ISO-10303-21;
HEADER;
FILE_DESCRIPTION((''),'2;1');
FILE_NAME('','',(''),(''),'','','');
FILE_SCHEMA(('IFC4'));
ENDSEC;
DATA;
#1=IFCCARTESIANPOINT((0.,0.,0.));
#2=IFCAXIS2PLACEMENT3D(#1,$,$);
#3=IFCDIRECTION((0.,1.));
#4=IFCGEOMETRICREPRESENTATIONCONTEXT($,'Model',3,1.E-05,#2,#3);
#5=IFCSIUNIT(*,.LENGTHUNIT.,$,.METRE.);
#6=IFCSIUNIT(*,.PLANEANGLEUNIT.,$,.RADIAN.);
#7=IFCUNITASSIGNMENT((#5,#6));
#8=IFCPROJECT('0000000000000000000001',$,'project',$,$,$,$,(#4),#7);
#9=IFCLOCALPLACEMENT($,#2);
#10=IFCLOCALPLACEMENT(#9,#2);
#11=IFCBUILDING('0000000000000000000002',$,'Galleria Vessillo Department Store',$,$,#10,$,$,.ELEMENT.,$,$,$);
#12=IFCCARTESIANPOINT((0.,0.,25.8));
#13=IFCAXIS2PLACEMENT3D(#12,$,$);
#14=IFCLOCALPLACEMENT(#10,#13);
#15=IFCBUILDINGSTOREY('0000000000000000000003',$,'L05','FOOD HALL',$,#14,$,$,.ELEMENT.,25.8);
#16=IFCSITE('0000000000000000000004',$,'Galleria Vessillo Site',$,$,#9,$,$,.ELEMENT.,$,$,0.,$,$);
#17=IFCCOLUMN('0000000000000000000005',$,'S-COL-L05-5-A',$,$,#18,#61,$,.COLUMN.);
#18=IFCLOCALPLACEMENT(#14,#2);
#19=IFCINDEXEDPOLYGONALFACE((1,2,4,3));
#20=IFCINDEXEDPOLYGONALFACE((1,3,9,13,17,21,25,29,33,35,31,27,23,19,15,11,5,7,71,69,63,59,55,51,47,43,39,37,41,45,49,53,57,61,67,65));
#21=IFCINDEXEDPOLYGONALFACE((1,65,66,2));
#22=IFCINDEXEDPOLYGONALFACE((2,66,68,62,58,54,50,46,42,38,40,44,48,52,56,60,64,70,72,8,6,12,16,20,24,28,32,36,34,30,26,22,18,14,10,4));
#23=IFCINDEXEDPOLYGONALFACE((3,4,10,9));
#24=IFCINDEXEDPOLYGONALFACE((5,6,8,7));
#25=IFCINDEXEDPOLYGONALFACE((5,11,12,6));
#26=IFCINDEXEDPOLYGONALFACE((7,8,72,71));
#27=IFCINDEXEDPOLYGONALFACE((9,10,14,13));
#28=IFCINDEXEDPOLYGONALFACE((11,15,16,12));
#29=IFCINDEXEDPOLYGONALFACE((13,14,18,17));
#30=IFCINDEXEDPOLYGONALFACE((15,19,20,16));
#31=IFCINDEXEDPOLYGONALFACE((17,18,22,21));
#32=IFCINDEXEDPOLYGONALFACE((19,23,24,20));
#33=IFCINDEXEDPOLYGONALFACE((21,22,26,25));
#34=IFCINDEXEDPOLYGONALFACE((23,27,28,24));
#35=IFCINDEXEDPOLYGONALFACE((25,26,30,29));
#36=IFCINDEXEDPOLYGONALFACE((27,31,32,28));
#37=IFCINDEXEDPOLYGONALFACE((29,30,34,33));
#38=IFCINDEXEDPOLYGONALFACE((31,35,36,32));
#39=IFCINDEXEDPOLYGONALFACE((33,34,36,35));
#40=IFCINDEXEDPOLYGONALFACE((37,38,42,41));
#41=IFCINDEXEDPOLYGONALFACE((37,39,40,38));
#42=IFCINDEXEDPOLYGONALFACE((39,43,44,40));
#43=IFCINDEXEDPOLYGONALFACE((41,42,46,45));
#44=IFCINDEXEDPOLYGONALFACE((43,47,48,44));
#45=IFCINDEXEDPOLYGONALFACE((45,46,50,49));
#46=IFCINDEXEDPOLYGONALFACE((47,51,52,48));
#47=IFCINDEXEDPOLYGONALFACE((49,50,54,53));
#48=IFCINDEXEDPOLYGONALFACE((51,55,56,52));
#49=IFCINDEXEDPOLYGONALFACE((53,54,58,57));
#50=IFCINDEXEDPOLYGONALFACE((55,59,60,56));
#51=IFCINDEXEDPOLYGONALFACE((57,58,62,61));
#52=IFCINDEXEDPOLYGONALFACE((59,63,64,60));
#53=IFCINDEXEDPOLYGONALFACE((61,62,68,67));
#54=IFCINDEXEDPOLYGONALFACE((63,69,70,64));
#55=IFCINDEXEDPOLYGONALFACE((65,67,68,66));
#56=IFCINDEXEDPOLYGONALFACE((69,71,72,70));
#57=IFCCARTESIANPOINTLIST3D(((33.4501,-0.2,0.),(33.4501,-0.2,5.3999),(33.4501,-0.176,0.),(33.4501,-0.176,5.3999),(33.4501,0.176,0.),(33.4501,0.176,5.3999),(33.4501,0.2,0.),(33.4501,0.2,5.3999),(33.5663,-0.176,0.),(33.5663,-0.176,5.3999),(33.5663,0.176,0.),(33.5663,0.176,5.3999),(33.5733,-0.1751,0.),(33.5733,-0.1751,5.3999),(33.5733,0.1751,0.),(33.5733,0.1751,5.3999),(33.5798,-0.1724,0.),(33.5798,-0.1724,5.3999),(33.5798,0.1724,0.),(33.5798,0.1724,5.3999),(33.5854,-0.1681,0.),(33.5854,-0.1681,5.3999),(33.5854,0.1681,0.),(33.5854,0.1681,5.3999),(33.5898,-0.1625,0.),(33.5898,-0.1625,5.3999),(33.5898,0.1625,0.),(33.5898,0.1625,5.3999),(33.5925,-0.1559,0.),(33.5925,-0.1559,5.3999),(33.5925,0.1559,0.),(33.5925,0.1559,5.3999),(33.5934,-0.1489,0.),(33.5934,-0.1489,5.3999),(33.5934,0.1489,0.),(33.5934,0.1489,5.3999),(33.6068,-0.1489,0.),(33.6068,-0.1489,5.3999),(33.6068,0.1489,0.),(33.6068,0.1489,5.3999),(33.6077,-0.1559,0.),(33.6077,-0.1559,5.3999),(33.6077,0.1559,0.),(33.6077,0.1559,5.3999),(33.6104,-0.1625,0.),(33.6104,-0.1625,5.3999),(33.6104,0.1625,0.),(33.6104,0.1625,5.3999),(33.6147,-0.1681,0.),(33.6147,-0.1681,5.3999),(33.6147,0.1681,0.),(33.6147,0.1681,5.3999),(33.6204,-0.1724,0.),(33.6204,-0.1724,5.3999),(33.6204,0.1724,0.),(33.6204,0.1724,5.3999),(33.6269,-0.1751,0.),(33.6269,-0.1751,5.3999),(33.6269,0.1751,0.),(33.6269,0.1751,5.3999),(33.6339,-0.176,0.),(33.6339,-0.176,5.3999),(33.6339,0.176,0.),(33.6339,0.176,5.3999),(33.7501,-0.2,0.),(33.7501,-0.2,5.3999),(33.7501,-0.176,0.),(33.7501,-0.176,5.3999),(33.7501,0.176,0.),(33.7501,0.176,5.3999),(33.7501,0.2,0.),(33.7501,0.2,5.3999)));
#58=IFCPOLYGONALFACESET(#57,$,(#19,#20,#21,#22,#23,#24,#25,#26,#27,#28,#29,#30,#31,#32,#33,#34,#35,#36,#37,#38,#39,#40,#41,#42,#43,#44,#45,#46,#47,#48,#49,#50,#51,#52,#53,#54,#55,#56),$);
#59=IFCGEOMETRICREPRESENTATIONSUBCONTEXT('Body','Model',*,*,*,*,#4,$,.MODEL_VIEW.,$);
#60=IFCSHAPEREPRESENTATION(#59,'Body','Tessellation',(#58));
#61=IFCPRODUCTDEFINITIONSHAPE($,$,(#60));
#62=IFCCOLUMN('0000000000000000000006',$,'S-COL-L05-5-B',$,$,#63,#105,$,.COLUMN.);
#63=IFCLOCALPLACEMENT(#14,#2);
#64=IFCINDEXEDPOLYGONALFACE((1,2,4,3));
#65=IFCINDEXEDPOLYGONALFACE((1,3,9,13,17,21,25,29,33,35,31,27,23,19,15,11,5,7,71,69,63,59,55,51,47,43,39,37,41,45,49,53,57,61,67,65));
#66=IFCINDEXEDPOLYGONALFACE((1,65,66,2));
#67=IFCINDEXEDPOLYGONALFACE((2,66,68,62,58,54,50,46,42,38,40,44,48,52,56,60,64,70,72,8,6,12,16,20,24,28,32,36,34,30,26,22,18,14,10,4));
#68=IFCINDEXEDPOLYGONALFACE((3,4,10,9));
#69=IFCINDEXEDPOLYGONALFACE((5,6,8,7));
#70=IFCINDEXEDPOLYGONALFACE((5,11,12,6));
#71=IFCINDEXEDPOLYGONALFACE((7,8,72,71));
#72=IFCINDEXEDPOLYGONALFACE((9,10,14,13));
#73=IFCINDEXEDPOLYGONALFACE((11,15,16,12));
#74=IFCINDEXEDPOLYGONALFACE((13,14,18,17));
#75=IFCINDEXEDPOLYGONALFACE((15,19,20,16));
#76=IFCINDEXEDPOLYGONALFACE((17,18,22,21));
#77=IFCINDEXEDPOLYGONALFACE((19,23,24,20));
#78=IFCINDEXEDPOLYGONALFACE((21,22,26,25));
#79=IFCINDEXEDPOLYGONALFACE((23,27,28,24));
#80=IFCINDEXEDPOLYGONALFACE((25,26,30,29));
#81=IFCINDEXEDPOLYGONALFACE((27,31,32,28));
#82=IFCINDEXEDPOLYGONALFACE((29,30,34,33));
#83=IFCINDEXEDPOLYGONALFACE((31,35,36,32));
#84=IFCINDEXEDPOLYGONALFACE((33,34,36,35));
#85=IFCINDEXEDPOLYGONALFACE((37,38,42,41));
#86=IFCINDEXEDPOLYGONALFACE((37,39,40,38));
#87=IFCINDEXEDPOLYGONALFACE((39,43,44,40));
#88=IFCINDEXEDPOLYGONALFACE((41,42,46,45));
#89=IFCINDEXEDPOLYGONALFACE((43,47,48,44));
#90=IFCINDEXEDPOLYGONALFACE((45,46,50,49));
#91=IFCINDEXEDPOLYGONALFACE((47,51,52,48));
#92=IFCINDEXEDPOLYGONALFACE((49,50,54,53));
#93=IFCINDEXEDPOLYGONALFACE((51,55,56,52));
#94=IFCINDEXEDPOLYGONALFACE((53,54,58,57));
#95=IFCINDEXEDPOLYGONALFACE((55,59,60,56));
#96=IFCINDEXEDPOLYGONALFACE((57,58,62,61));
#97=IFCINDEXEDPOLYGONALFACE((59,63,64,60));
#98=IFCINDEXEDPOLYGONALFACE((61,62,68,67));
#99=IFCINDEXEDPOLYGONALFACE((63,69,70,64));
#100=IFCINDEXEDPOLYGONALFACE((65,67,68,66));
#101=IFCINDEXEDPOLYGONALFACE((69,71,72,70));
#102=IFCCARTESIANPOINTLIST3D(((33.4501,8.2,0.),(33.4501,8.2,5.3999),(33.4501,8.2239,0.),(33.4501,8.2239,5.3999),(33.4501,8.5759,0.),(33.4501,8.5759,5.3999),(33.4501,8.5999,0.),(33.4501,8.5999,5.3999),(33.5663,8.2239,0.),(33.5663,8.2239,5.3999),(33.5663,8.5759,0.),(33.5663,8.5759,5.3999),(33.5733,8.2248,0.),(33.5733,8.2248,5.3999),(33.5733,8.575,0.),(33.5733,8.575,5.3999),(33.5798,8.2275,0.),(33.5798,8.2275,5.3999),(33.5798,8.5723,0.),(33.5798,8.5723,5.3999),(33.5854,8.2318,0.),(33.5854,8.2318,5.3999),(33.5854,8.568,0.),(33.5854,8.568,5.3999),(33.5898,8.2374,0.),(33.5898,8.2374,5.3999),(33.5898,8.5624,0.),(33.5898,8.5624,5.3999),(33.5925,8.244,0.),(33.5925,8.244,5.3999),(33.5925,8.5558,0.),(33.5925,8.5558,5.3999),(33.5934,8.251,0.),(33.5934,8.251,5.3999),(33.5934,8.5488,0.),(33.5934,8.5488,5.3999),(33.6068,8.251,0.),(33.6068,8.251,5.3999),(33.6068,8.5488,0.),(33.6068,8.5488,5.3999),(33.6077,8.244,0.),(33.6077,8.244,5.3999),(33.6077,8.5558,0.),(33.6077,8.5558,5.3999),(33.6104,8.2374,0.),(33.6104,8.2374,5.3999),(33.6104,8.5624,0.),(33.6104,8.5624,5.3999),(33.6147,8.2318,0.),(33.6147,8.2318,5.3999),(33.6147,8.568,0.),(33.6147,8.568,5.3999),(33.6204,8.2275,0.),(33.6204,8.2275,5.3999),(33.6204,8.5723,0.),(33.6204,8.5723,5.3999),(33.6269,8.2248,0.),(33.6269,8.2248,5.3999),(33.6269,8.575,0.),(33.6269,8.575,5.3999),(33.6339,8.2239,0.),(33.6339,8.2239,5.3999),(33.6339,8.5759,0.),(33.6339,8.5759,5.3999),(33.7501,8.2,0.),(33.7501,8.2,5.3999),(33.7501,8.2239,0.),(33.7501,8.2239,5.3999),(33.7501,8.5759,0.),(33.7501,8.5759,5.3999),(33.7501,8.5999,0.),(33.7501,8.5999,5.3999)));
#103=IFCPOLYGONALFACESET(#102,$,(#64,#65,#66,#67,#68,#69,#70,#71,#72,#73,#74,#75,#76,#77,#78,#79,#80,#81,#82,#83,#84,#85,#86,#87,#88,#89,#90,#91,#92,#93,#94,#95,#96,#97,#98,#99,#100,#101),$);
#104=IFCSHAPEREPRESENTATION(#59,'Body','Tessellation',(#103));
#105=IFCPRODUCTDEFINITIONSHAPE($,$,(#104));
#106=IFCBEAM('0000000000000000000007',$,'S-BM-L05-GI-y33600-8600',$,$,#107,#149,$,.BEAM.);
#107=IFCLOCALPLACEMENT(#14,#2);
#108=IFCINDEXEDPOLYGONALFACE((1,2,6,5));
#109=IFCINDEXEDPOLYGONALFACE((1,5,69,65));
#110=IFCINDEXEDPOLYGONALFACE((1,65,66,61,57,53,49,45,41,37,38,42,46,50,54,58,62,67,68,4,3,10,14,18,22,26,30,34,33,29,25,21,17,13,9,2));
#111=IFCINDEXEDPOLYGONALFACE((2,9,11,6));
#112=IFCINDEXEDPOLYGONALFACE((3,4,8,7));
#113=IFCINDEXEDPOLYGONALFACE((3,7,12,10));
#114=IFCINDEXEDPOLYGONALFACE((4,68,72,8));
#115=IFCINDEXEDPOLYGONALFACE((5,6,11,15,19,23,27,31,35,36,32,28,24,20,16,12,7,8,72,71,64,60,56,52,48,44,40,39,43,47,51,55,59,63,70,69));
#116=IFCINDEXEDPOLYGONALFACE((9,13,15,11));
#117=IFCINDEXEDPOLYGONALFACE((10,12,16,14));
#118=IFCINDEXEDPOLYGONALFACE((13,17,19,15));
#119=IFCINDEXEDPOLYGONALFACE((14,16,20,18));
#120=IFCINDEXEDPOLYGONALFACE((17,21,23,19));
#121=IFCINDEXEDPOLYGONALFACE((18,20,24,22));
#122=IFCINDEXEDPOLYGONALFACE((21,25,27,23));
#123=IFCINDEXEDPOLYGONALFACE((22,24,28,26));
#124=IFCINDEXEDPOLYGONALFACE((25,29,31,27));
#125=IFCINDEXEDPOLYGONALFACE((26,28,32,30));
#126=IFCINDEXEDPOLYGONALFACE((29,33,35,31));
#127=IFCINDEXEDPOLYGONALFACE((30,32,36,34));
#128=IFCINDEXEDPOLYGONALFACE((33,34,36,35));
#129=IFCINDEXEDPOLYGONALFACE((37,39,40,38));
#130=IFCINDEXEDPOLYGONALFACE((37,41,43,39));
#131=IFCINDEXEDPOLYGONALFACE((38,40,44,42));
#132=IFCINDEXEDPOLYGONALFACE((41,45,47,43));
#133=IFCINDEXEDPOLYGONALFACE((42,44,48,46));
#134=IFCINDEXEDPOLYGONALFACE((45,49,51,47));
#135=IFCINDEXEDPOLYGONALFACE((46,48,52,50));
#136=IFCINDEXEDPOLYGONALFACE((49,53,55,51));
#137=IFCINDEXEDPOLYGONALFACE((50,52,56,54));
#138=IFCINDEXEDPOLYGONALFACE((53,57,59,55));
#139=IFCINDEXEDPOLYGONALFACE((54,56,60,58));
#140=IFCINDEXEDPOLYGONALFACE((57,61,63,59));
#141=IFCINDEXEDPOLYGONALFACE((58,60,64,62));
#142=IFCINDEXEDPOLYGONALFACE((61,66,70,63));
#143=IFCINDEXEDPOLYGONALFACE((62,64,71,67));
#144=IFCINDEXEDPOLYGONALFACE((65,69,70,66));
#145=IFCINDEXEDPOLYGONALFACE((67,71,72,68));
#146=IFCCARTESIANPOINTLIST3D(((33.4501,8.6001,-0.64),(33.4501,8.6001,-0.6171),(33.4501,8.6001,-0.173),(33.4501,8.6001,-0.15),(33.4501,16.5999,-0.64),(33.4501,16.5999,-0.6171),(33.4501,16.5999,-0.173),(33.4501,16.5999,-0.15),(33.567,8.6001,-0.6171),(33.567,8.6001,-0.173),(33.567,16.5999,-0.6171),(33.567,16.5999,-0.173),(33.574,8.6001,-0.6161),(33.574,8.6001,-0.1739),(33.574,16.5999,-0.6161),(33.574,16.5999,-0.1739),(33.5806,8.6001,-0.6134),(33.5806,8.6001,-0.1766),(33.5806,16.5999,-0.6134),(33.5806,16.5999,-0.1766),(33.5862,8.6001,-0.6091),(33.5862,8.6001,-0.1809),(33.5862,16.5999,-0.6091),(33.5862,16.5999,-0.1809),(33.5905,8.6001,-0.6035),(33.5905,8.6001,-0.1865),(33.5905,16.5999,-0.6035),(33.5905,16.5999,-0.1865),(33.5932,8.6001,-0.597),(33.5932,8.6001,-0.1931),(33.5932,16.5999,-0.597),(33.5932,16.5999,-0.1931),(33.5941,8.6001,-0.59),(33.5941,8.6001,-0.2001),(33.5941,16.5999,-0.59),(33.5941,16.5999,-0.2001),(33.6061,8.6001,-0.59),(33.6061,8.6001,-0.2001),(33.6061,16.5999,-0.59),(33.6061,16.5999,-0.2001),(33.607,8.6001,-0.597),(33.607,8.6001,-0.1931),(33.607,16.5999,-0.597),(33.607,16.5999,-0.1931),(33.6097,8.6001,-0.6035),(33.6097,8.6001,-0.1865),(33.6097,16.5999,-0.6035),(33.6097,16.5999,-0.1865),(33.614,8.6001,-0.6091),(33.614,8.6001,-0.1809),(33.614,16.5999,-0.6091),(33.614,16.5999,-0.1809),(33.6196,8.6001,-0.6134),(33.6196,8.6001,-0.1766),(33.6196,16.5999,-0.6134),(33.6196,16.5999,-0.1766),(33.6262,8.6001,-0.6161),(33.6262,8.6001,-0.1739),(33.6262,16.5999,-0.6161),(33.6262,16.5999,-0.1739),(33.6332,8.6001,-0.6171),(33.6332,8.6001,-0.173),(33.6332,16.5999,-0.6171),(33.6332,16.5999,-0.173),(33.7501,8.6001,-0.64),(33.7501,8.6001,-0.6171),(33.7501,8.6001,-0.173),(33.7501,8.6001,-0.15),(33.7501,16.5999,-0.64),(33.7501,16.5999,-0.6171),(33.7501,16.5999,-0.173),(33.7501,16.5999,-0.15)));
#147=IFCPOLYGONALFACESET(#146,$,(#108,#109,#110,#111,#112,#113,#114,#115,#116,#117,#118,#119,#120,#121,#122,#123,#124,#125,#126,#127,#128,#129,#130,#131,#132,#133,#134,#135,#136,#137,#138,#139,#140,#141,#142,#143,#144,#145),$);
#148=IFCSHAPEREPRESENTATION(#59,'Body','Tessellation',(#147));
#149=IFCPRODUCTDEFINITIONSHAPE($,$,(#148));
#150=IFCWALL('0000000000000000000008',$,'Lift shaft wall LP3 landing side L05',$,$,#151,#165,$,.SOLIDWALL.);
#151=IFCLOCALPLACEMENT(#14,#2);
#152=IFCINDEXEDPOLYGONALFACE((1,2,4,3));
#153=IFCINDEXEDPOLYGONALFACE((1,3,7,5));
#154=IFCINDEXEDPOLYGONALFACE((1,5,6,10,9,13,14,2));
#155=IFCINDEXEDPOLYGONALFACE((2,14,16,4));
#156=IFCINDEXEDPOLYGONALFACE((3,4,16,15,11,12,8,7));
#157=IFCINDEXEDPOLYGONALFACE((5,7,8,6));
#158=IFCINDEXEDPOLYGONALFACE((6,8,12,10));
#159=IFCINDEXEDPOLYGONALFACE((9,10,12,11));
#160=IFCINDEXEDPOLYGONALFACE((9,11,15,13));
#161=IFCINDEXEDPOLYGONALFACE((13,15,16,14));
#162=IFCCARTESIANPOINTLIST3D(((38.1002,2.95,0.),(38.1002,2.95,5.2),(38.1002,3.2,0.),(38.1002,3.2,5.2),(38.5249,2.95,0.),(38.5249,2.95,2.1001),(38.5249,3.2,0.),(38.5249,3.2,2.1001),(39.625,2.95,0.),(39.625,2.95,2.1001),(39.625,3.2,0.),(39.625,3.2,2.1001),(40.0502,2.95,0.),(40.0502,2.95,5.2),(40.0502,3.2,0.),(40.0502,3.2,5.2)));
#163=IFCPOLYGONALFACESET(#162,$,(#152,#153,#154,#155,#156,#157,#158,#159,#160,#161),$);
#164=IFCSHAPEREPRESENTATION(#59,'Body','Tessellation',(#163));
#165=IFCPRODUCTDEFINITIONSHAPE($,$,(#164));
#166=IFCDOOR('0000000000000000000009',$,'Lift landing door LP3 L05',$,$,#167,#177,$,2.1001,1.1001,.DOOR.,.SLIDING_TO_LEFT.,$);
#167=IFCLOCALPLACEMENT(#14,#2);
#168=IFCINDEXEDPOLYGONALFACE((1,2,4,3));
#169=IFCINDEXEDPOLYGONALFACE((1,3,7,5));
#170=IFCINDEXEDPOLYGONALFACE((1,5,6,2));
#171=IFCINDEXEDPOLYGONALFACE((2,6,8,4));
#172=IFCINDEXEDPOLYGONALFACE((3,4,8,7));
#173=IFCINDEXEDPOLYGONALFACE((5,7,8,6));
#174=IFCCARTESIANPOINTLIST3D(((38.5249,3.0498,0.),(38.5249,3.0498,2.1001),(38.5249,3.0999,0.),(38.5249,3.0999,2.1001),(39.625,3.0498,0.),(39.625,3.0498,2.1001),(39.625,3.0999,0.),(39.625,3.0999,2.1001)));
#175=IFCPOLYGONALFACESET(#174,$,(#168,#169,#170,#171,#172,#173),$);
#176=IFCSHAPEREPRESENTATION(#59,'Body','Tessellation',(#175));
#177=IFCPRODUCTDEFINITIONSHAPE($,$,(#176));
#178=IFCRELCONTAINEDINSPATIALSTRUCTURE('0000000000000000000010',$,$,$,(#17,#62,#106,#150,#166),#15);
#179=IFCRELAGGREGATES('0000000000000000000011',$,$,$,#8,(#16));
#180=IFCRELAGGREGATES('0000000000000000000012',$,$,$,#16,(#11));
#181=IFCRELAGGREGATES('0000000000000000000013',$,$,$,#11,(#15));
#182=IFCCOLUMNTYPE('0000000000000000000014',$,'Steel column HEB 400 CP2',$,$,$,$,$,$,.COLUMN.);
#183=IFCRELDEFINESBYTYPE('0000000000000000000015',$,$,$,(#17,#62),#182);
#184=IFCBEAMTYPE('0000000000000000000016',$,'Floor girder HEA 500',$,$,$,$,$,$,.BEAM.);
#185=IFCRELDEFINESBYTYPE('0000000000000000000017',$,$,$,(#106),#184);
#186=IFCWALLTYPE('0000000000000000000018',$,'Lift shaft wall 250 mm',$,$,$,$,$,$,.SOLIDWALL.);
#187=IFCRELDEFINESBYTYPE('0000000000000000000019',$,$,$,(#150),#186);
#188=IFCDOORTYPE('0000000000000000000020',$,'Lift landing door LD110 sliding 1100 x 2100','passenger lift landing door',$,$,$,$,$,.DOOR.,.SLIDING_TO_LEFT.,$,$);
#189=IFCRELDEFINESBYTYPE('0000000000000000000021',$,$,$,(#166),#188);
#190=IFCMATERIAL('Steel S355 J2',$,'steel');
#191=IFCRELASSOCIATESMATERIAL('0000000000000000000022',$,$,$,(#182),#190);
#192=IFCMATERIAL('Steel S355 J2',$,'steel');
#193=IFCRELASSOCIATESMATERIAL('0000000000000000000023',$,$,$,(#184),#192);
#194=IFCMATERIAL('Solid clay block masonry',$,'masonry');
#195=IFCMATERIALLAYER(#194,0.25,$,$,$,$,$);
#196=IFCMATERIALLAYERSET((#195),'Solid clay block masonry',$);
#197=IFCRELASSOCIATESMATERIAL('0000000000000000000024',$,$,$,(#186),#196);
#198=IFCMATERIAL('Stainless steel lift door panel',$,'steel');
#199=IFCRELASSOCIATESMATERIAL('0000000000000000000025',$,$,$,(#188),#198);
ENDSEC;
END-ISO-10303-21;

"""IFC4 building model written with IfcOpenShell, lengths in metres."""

from ifc_helpers import new_model, si_unit, direction, frame, frame_2d, origin, origin_2d, place, context, subcontext, project, spatial, rectangle, i_section, extrude, material, layer, layer_set, material_profile, profile_set, type_object, element, fill, save


model = new_model("IFC4")

# Units and contexts
model_context = context("Model", 3, precision=1e-05, world=origin(), true_north=direction((0.0, 1.0)))
body_context = subcontext(model_context, "Body", "Model", "MODEL_VIEW")
ifc_project = project(units=[si_unit("LENGTHUNIT", "METRE"), si_unit("PLANEANGLEUNIT", "RADIAN")], contexts=[model_context])

# Site, building, storey
site_placement = place(None, origin())
site = spatial("IfcSite", under=ifc_project, at=site_placement, Name="Galleria Vessillo Site", CompositionType="ELEMENT", RefElevation=0.0)
building_placement = place(site_placement, origin())
building = spatial("IfcBuilding", under=site, at=building_placement, Name="Galleria Vessillo Department Store", CompositionType="ELEMENT")
storey_placement = place(building_placement, frame((0.0, 0.0, 25.8)))
storey = spatial("IfcBuildingStorey", under=building, at=storey_placement, Name="L05", Description="FOOD HALL", CompositionType="ELEMENT", Elevation=25.8)

# Columns
ifc_material_1 = material(Name="Steel S355 J2", Category="steel")
ifc_material_profile_1 = material_profile(ifc_material_1, i_section(OverallWidth=0.3, OverallDepth=0.3999, WebThickness=0.0134, FlangeThickness=0.0239, FilletRadius=0.0271, at=origin_2d()), Name="HEB 400")
ifc_profile_set_1 = profile_set([ifc_material_profile_1], Name="Steel S355 J2")
column_type = type_object("IfcColumnType", Name="Steel column HEB 400 CP2", PredefinedType="COLUMN", material=ifc_profile_set_1)
for number, where, z_axis, x_axis, name in (
    (1, (33.6001, 0.0, 0.0), (0.0, 0.0, 1.0), (1.0, 0.0, 0.0), "S-COL-L05-5-A"),
    (2, (33.6001, 8.3999, 0.0), (0.0, 0.0, 1.0), (1.0, 0.0, 0.0), "S-COL-L05-5-B"),
):
    element("IfcColumn", number, at=place(storey_placement, frame(where, z_axis=z_axis, x_axis=x_axis)), inside=storey, type_object=column_type, Name=name, PredefinedType="COLUMN", context=body_context, shape_type="SweptSolid", body=[
        extrude(i_section(OverallWidth=0.3, OverallDepth=0.3999, WebThickness=0.0134, FlangeThickness=0.0239, FilletRadius=0.0271, at=origin_2d()), origin(), (0.0, 0.0, 1.0), 5.3999),
    ])

# Beam
ifc_material_2 = material(Name="Steel S355 J2", Category="steel")
ifc_material_profile_2 = material_profile(ifc_material_2, i_section(OverallWidth=0.3, OverallDepth=0.49, WebThickness=0.012, FlangeThickness=0.0229, FilletRadius=0.0271, at=origin_2d()), Name="HEA 500")
ifc_profile_set_2 = profile_set([ifc_material_profile_2], Name="Steel S355 J2")
beam_type = type_object("IfcBeamType", Name="Floor girder HEA 500", PredefinedType="BEAM", material=ifc_profile_set_2)
beam_placement = place(storey_placement, frame((33.6001, 8.6001, -0.395), z_axis=(0.0, 1.0, 0.0), x_axis=(-1.0, 0.0, 0.0)))
element("IfcBeam", 3, at=beam_placement, inside=storey, type_object=beam_type, Name="S-BM-L05-GI-y33600-8600", PredefinedType="BEAM", context=body_context, shape_type="SweptSolid", body=[
    extrude(i_section(OverallWidth=0.3, OverallDepth=0.49, WebThickness=0.012, FlangeThickness=0.0229, FilletRadius=0.0271, at=origin_2d()), origin(), (0.0, 0.0, 1.0), 7.9998),
])

# Wall, opening, door
ifc_material_3 = material(Name="Solid clay block masonry", Category="masonry")
ifc_layer_1 = layer(ifc_material_3, 0.25)
ifc_layer_set_1 = layer_set([ifc_layer_1], Name="Solid clay block masonry")
wall_type_1 = type_object("IfcWallType", Name="Lift shaft wall 250 mm", PredefinedType="SOLIDWALL", material=ifc_layer_set_1)
wall_1_placement = place(storey_placement, frame((38.1001, 3.075, 0.0), z_axis=(0.0, 0.0, 1.0), x_axis=(1.0, 0.0, 0.0)))
wall_1 = element("IfcWall", 4, at=wall_1_placement, inside=storey, type_object=wall_type_1, Name="Lift shaft wall LP3 landing side L05", PredefinedType="SOLIDWALL", context=body_context, shape_type="SweptSolid", body=[
    extrude(rectangle(XDim=1.95, YDim=0.25, at=frame_2d((0.9751, 0.0))), origin(), (0.0, 0.0, 1.0), 5.2),
])
opening_1_placement = place(wall_1_placement, frame((0.4248, 0.0, 0.0)))
opening_1 = element("IfcOpeningElement", 5, at=opening_1_placement, cuts=wall_1, PredefinedType="OPENING", context=body_context, shape_type="SweptSolid", body=[
    extrude(rectangle(XDim=1.1001, YDim=2.1001, at=frame_2d((0.55, 1.05))), frame((0.0, 0.135, 0.0), z_axis=(0.0, -1.0, 0.0), x_axis=(1.0, 0.0, 0.0)), (0.0, 0.0, 1.0), 0.27),
])
ifc_material_4 = material(Name="Stainless steel lift door panel", Category="steel")
door_type_1 = type_object("IfcDoorType", Name="Lift landing door LD110 sliding 1100 x 2100", Description="passenger lift landing door", OperationType="SLIDING_TO_LEFT", PredefinedType="DOOR", material=ifc_material_4)
door_1_placement = place(opening_1_placement, origin())
door_1 = element("IfcDoor", 6, at=door_1_placement, inside=storey, type_object=door_type_1, Name="Lift landing door LP3 L05", OperationType="SLIDING_TO_LEFT", OverallHeight=2.1001, OverallWidth=1.1001, PredefinedType="DOOR", context=body_context, shape_type="SweptSolid", body=[
    extrude(rectangle(XDim=1.1001, YDim=2.1001, at=frame_2d((0.55, 1.05))), frame((0.0, 0.0249, 0.0), z_axis=(0.0, -1.0, 0.0), x_axis=(1.0, 0.0, 0.0)), (0.0, 0.0, 1.0), 0.05),
])
fill(opening_1, door_1)

save(model, "model.ifc")
